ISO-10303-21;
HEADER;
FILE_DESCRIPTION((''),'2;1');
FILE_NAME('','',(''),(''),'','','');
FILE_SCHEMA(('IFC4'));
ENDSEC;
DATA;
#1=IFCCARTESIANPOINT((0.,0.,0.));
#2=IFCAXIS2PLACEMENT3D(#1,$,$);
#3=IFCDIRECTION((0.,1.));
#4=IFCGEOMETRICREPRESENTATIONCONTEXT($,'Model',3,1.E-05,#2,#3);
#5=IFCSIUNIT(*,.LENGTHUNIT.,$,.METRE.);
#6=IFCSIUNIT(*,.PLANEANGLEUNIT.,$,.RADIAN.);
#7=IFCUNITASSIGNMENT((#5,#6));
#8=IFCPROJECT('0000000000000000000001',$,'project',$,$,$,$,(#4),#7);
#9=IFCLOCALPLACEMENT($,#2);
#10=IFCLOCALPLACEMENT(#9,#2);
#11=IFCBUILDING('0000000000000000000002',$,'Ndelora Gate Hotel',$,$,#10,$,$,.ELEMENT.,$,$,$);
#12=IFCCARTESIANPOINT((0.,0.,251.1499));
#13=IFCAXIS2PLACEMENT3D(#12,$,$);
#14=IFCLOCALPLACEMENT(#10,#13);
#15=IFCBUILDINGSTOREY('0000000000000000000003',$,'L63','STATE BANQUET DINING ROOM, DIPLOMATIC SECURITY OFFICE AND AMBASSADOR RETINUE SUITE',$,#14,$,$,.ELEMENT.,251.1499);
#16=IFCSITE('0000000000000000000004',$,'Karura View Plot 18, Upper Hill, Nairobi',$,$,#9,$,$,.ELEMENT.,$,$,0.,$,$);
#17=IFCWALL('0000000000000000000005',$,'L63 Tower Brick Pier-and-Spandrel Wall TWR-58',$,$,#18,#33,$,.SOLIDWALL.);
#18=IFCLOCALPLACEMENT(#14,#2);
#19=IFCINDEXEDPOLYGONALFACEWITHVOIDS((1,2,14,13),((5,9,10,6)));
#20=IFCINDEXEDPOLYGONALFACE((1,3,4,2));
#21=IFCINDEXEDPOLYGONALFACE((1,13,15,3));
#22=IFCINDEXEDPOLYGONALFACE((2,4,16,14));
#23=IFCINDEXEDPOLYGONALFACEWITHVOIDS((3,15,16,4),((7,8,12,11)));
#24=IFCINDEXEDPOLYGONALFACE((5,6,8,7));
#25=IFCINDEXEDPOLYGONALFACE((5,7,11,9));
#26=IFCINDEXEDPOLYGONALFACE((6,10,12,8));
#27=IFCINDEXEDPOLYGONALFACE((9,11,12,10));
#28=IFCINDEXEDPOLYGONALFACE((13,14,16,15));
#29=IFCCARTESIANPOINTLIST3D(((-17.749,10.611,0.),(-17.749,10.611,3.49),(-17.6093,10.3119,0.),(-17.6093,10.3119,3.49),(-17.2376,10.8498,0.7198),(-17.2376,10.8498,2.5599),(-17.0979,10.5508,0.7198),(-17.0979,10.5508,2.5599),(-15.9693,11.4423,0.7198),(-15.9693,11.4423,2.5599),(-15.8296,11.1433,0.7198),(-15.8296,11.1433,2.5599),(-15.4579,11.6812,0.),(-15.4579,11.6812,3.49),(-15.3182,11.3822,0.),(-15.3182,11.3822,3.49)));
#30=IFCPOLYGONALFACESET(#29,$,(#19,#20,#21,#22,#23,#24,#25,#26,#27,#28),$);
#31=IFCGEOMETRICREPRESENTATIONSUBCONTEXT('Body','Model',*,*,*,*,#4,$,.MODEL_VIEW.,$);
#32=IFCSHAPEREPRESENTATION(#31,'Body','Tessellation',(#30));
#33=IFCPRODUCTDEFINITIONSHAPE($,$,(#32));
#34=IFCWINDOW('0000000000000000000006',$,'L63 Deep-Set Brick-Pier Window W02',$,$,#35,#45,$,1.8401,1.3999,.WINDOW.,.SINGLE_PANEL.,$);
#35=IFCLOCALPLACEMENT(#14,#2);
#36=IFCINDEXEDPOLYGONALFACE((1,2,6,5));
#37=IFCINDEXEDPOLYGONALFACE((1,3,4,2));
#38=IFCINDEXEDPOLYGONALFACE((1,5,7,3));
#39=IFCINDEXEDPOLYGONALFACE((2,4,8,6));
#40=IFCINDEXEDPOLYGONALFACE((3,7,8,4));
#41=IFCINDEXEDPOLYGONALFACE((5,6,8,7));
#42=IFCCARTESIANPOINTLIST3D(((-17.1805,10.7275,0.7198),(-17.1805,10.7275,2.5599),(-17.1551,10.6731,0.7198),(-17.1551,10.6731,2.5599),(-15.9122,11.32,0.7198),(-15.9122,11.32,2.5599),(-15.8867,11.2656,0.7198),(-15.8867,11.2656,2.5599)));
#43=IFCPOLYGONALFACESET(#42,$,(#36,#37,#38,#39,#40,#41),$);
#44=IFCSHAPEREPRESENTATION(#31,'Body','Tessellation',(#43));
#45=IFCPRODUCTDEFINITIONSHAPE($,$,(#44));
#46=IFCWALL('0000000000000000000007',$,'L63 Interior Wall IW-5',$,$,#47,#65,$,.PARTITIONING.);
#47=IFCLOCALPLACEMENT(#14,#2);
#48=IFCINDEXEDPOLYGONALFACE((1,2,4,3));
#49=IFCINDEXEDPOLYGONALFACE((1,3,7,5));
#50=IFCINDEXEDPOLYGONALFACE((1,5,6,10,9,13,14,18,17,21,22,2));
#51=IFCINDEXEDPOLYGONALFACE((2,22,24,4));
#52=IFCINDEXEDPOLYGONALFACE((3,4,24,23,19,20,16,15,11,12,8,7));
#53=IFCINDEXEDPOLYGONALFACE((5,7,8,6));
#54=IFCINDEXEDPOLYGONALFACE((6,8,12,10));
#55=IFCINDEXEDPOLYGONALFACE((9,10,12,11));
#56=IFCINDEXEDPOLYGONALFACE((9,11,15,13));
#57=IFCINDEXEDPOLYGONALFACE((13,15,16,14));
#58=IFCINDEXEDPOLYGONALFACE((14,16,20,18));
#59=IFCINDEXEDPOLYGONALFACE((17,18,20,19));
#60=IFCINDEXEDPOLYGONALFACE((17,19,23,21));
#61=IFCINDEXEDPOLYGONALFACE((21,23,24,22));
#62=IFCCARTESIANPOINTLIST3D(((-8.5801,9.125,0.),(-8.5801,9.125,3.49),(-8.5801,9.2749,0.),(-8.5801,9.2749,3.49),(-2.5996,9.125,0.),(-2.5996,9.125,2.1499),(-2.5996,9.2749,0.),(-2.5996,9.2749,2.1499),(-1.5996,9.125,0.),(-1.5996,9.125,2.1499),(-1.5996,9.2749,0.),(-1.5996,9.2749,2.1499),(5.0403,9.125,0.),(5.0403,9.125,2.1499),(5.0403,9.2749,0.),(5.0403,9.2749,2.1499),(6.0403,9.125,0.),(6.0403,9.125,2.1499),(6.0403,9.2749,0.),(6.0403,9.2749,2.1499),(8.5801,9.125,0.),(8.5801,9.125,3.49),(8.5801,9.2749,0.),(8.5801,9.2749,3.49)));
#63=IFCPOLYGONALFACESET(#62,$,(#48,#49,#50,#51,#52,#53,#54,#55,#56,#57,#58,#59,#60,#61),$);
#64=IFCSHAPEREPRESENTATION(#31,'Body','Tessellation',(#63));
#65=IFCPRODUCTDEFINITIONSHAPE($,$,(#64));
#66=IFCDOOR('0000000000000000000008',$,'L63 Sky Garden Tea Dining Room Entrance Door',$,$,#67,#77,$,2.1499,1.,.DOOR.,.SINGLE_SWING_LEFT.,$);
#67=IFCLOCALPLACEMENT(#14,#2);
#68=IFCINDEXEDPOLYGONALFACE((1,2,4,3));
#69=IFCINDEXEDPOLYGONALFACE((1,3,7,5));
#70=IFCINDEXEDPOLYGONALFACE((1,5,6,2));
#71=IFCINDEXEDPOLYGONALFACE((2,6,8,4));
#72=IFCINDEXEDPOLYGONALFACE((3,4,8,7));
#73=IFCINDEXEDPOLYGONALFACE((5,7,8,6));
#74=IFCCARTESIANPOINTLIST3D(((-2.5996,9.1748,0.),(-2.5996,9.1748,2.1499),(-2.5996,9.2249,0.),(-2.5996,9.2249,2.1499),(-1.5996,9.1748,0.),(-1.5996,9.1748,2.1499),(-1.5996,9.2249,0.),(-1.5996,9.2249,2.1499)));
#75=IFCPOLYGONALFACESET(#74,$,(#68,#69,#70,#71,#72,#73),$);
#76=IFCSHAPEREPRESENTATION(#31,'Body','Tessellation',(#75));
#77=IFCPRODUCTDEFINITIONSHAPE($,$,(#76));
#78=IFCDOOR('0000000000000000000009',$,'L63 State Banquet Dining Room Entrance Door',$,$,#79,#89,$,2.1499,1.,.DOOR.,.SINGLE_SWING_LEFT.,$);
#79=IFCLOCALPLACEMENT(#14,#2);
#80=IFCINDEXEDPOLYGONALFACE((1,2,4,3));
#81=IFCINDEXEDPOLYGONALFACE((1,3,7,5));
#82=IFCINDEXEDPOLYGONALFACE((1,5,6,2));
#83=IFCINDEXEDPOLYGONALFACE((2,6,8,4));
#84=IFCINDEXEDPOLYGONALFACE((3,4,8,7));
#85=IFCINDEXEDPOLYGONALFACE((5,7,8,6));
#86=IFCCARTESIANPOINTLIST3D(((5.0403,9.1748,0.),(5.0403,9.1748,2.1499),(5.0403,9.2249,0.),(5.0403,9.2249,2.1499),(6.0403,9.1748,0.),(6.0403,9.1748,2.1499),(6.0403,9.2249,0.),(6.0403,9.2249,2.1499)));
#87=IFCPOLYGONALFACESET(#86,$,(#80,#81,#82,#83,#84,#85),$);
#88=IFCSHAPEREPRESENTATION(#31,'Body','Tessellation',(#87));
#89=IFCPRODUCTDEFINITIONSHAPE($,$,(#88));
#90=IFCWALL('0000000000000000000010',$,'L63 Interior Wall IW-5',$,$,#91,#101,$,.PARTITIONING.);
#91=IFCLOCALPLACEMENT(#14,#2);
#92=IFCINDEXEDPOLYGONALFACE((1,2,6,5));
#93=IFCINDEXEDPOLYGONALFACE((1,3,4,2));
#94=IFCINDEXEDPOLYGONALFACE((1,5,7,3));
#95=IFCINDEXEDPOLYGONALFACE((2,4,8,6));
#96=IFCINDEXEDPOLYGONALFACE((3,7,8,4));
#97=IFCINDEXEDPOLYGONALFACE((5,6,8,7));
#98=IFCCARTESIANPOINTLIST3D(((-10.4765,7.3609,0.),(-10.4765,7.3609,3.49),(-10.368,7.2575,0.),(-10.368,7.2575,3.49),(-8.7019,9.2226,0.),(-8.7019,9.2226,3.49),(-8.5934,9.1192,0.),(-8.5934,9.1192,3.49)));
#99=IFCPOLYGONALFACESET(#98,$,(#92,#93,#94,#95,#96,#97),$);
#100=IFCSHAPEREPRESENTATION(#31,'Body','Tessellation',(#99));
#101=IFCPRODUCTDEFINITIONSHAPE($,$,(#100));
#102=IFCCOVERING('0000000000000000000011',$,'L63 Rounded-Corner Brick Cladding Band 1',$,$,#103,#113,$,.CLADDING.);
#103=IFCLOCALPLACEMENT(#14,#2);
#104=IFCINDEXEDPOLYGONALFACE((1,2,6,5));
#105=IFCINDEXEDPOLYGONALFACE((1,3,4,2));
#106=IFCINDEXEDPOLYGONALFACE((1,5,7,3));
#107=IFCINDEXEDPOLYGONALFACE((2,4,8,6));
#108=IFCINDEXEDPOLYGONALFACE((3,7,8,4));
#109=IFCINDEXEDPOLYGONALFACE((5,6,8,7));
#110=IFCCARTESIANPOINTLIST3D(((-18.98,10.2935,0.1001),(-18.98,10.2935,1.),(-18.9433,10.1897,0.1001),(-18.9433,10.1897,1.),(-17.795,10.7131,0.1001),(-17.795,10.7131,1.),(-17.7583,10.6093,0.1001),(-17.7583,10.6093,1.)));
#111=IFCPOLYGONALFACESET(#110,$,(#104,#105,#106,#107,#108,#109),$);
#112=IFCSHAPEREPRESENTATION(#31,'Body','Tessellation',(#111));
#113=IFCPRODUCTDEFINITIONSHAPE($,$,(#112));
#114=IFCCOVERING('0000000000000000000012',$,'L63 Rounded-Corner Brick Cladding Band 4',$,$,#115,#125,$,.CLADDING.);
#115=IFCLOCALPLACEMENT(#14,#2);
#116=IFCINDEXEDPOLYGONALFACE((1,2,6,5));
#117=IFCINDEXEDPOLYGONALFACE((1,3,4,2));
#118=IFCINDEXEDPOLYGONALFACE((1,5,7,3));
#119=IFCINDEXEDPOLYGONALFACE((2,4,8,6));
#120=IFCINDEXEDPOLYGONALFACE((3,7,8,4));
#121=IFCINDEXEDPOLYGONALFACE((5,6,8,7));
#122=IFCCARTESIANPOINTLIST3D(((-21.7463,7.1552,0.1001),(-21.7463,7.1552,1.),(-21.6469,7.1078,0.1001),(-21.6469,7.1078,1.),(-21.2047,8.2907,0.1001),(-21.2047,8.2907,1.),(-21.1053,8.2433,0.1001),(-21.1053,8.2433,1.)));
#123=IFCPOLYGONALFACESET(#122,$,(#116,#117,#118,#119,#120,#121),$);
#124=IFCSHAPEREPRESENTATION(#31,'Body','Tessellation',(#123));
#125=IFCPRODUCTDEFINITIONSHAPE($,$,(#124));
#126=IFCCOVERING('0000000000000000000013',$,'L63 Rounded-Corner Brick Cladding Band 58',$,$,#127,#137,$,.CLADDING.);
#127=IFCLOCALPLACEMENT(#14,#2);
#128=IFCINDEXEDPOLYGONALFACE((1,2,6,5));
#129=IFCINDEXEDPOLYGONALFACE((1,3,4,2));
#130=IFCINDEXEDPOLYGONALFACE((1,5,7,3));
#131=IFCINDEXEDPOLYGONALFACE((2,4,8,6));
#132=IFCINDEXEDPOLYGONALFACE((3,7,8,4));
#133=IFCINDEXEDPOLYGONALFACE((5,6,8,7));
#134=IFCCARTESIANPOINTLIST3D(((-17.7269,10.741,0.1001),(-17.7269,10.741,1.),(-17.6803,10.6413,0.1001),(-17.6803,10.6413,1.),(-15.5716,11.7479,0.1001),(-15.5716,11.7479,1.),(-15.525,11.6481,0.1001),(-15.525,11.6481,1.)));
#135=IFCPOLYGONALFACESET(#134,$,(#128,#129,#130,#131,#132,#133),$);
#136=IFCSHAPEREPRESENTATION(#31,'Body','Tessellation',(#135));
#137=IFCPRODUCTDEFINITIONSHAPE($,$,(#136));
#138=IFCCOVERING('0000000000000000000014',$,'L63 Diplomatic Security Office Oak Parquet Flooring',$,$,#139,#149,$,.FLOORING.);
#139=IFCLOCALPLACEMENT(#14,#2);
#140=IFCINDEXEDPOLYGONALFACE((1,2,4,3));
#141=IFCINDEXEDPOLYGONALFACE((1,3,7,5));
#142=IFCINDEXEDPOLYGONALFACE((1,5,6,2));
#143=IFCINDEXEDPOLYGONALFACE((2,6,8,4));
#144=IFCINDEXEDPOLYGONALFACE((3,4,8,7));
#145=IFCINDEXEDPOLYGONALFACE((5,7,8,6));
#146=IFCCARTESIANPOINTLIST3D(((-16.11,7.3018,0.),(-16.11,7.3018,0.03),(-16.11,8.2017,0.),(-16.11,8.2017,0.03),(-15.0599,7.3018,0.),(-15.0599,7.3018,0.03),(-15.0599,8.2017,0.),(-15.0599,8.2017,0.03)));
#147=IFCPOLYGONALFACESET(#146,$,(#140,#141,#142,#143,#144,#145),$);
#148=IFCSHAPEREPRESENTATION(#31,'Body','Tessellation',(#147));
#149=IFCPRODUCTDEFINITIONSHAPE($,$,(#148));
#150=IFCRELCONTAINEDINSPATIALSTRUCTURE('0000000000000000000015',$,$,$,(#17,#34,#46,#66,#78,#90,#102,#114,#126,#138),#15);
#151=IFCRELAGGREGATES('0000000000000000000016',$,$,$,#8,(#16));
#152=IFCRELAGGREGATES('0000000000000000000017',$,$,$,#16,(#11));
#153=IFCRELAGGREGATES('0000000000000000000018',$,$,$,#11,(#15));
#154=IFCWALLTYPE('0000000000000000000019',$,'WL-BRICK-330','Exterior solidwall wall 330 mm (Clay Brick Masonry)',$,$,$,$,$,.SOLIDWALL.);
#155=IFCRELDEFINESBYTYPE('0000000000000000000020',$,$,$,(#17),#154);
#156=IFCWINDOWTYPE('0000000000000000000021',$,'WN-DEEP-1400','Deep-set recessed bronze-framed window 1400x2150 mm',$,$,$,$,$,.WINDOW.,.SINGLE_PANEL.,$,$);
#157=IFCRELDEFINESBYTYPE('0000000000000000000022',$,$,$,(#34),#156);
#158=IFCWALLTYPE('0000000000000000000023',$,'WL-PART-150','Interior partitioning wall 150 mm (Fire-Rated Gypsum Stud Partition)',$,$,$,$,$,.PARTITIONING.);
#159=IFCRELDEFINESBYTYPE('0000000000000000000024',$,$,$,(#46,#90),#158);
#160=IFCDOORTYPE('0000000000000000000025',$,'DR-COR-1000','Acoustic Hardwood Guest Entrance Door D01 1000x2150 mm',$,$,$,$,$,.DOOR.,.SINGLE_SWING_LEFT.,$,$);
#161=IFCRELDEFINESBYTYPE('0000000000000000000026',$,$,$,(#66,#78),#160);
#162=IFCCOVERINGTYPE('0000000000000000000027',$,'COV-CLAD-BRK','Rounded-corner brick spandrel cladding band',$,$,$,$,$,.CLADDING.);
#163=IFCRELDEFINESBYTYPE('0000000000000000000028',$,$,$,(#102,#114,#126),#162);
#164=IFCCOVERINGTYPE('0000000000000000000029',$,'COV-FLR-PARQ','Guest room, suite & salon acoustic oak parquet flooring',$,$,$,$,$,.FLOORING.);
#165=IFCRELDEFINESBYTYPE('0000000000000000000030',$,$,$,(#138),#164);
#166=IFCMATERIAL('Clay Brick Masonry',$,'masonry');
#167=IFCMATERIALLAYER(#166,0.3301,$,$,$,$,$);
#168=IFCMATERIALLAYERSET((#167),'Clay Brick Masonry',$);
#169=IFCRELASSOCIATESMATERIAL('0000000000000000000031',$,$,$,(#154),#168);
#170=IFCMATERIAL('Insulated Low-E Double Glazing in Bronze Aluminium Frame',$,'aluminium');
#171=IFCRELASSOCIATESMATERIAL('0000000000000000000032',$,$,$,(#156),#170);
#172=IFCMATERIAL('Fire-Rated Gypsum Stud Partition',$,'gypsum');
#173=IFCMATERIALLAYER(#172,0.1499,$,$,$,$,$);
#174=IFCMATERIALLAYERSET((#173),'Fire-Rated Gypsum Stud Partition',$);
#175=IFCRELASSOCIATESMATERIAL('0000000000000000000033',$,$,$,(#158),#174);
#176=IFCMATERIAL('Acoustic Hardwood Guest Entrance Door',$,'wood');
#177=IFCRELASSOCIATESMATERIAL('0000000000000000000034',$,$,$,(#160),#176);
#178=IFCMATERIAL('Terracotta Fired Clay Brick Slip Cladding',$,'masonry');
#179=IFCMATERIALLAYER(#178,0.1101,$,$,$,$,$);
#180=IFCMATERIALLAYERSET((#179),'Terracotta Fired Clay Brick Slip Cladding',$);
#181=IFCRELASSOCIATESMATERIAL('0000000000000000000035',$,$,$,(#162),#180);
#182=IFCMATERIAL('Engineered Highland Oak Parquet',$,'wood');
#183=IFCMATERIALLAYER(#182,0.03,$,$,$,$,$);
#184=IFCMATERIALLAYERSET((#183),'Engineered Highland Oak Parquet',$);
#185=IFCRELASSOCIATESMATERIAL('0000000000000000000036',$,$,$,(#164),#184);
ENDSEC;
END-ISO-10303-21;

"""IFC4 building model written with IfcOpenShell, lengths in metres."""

from ifc_helpers import new_model, si_unit, direction, frame, frame_2d, origin, origin_2d, place, context, subcontext, project, spatial, rectangle, extrude, material, layer, layer_set, type_object, element, fill, save


model = new_model("IFC4")

# Units and contexts
model_context = context("Model", 3, precision=1e-05, world=origin(), true_north=direction((0.0, 1.0)))
body_context = subcontext(model_context, "Body", "Model", "MODEL_VIEW")
ifc_project = project(units=[si_unit("LENGTHUNIT", "METRE"), si_unit("PLANEANGLEUNIT", "RADIAN")], contexts=[model_context])

# Site, building, storey
site_placement = place(None, origin())
site = spatial("IfcSite", under=ifc_project, at=site_placement, Name="Karura View Plot 18, Upper Hill, Nairobi", CompositionType="ELEMENT", RefElevation=0.0)
building_placement = place(site_placement, origin())
building = spatial("IfcBuilding", under=site, at=building_placement, Name="Ndelora Gate Hotel", CompositionType="ELEMENT")
storey_placement = place(building_placement, frame((0.0, 0.0, 251.1499)))
storey = spatial("IfcBuildingStorey", under=building, at=storey_placement, Name="L63", Description="STATE BANQUET DINING ROOM, DIPLOMATIC SECURITY OFFICE AND AMBASSADOR RETINUE SUITE", CompositionType="ELEMENT", Elevation=251.1499)

# Shared definitions
ifc_material_1 = material(Name="Clay Brick Masonry", Category="masonry")
ifc_layer_1 = layer(ifc_material_1, 0.3301)
ifc_layer_set_1 = layer_set([ifc_layer_1], Name="Clay Brick Masonry")
wall_type_1 = type_object("IfcWallType", Name="WL-BRICK-330", Description="Exterior solidwall wall 330 mm (Clay Brick Masonry)", PredefinedType="SOLIDWALL", material=ifc_layer_set_1)

# Wall, opening, window
ifc_material_2 = material(Name="Insulated Low-E Double Glazing in Bronze Aluminium Frame", Category="aluminium")
window_type = type_object("IfcWindowType", Name="WN-DEEP-1400", Description="Deep-set recessed bronze-framed window 1400x2150 mm", PartitioningType="SINGLE_PANEL", PredefinedType="WINDOW", material=ifc_material_2)
wall_1_placement = place(storey_placement, frame((-17.6792, 10.4614, 0.0), z_axis=(0.0, 0.0, 1.0), x_axis=(0.906023, 0.423229, 0.0)))
wall_1 = element("IfcWall", 1, at=wall_1_placement, inside=storey, type_object=wall_type_1, Name="L63 Tower Brick Pier-and-Spandrel Wall TWR-58", PredefinedType="SOLIDWALL", context=body_context, shape_type="SweptSolid", body=[
    extrude(rectangle(XDim=2.5288, YDim=0.3301, at=frame_2d((1.2644, 0.0))), origin(), (0.0, 0.0, 1.0), 3.49),
])
opening_1_placement = place(wall_1_placement, frame((0.5645, 0.0, 0.72)))
opening_1 = element("IfcOpeningElement", 2, at=opening_1_placement, cuts=wall_1, PredefinedType="OPENING", context=body_context, shape_type="SweptSolid", body=[
    extrude(rectangle(XDim=1.3999, YDim=1.8401, at=frame_2d((0.7, 0.9199))), frame((0.0, 0.175, 0.0), z_axis=(0.0, -1.0, 0.0), x_axis=(1.0, 0.0, 0.0)), (0.0, 0.0, 1.0), 0.3501),
])
window_1_placement = place(opening_1_placement, origin())
window_1 = element("IfcWindow", 3, at=window_1_placement, inside=storey, type_object=window_type, Name="L63 Deep-Set Brick-Pier Window W02", OverallHeight=1.8401, OverallWidth=1.3999, PartitioningType="SINGLE_PANEL", PredefinedType="WINDOW", context=body_context, shape_type="SweptSolid", body=[
    extrude(rectangle(XDim=1.3999, YDim=1.8401, at=frame_2d((0.7, 0.9199))), frame((0.0, 0.03, 0.0), z_axis=(0.0, -1.0, 0.0), x_axis=(1.0, 0.0, 0.0)), (0.0, 0.0, 1.0), 0.0601),
])
fill(opening_1, window_1)

# Wall, openings, doors
ifc_material_3 = material(Name="Fire-Rated Gypsum Stud Partition", Category="gypsum")
ifc_layer_2 = layer(ifc_material_3, 0.1499)
ifc_layer_set_2 = layer_set([ifc_layer_2], Name="Fire-Rated Gypsum Stud Partition")
wall_type_2 = type_object("IfcWallType", Name="WL-PART-150", Description="Interior partitioning wall 150 mm (Fire-Rated Gypsum Stud Partition)", PredefinedType="PARTITIONING", material=ifc_layer_set_2)
wall_2_placement = place(storey_placement, frame((-8.5801, 9.2, 0.0), z_axis=(0.0, 0.0, 1.0), x_axis=(1.0, 0.0, 0.0)))
wall_2 = element("IfcWall", 4, at=wall_2_placement, inside=storey, type_object=wall_type_2, Name="L63 Interior Wall IW-5", PredefinedType="PARTITIONING", context=body_context, shape_type="SweptSolid", body=[
    extrude(rectangle(XDim=17.1602, YDim=0.1499, at=frame_2d((8.5801, 0.0))), origin(), (0.0, 0.0, 1.0), 3.49),
])
opening_2_placement = place(wall_2_placement, frame((5.9805, 0.0, 0.0)))
opening_2 = element("IfcOpeningElement", 5, at=opening_2_placement, cuts=wall_2, PredefinedType="OPENING", context=body_context, shape_type="SweptSolid", body=[
    extrude(rectangle(XDim=1.0, YDim=2.1499, at=frame_2d((0.5, 1.075))), frame((0.0, 0.085, 0.0), z_axis=(0.0, -1.0, 0.0), x_axis=(1.0, 0.0, 0.0)), (0.0, 0.0, 1.0), 0.1699),
])
opening_3_placement = place(wall_2_placement, frame((13.6204, 0.0, 0.0)))
opening_3 = element("IfcOpeningElement", 6, at=opening_3_placement, cuts=wall_2, PredefinedType="OPENING", context=body_context, shape_type="SweptSolid", body=[
    extrude(rectangle(XDim=1.0, YDim=2.1499, at=frame_2d((0.5, 1.075))), frame((0.0, 0.085, 0.0), z_axis=(0.0, -1.0, 0.0), x_axis=(1.0, 0.0, 0.0)), (0.0, 0.0, 1.0), 0.1699),
])
ifc_material_4 = material(Name="Acoustic Hardwood Guest Entrance Door", Category="wood")
door_type = type_object("IfcDoorType", Name="DR-COR-1000", Description="Acoustic Hardwood Guest Entrance Door D01 1000x2150 mm", OperationType="SINGLE_SWING_LEFT", PredefinedType="DOOR", material=ifc_material_4)
door_1_placement = place(opening_2_placement, origin())
door_1 = element("IfcDoor", 7, at=door_1_placement, inside=storey, type_object=door_type, Name="L63 Sky Garden Tea Dining Room Entrance Door", OperationType="SINGLE_SWING_LEFT", OverallHeight=2.1499, OverallWidth=1.0, PredefinedType="DOOR", context=body_context, shape_type="SweptSolid", body=[
    extrude(rectangle(XDim=1.0, YDim=2.1499, at=frame_2d((0.5, 1.075))), frame((0.0, 0.0249, 0.0), z_axis=(0.0, -1.0, 0.0), x_axis=(1.0, 0.0, 0.0)), (0.0, 0.0, 1.0), 0.05),
])
fill(opening_2, door_1)
door_2_placement = place(opening_3_placement, origin())
door_2 = element("IfcDoor", 8, at=door_2_placement, inside=storey, type_object=door_type, Name="L63 State Banquet Dining Room Entrance Door", OperationType="SINGLE_SWING_LEFT", OverallHeight=2.1499, OverallWidth=1.0, PredefinedType="DOOR", context=body_context, shape_type="SweptSolid", body=[
    extrude(rectangle(XDim=1.0, YDim=2.1499, at=frame_2d((0.5, 1.075))), frame((0.0, 0.0249, 0.0), z_axis=(0.0, -1.0, 0.0), x_axis=(1.0, 0.0, 0.0)), (0.0, 0.0, 1.0), 0.05),
])
fill(opening_3, door_2)

# Wall
wall_3_placement = place(storey_placement, frame((-10.4224, 7.3091, 0.0), z_axis=(0.0, 0.0, 1.0), x_axis=(0.689961, 0.723847, 0.0)))
element("IfcWall", 9, at=wall_3_placement, inside=storey, type_object=wall_type_2, Name="L63 Interior Wall IW-5", PredefinedType="PARTITIONING", context=body_context, shape_type="SweptSolid", body=[
    extrude(rectangle(XDim=2.572, YDim=0.1499, at=frame_2d((1.2861, 0.0))), origin(), (0.0, 0.0, 1.0), 3.49),
])

# Coverings
ifc_material_5 = material(Name="Terracotta Fired Clay Brick Slip Cladding", Category="masonry")
ifc_layer_3 = layer(ifc_material_5, 0.1101)
ifc_layer_set_3 = layer_set([ifc_layer_3], Name="Terracotta Fired Clay Brick Slip Cladding")
covering_type_1 = type_object("IfcCoveringType", Name="COV-CLAD-BRK", Description="Rounded-corner brick spandrel cladding band", PredefinedType="CLADDING", material=ifc_layer_set_3)
covering_1_placement = place(storey_placement, frame((-18.3691, 10.4514, 0.1001), z_axis=(0.0, 0.0, 1.0), x_axis=(0.942641, 0.333807, 0.0)))
element("IfcCovering", 10, at=covering_1_placement, inside=storey, type_object=covering_type_1, Name="L63 Rounded-Corner Brick Cladding Band 1", PredefinedType="CLADDING", context=body_context, shape_type="SweptSolid", body=[
    extrude(rectangle(XDim=1.2571, YDim=0.1101, at=origin_2d()), origin(), (0.0, 0.0, 1.0), 0.8999),
])
covering_2_placement = place(storey_placement, frame((-21.4258, 7.6992, 0.1001), z_axis=(0.0, 0.0, 1.0), x_axis=(0.430511, 0.902585, 0.0)))
element("IfcCovering", 11, at=covering_2_placement, inside=storey, type_object=covering_type_1, Name="L63 Rounded-Corner Brick Cladding Band 4", PredefinedType="CLADDING", context=body_context, shape_type="SweptSolid", body=[
    extrude(rectangle(XDim=1.2581, YDim=0.1101, at=origin_2d()), origin(), (0.0, 0.0, 1.0), 0.8999),
])
covering_3_placement = place(storey_placement, frame((-16.626, 11.1946, 0.1001), z_axis=(0.0, 0.0, 1.0), x_axis=(0.906013, 0.423251, 0.0)))
element("IfcCovering", 12, at=covering_3_placement, inside=storey, type_object=covering_type_1, Name="L63 Rounded-Corner Brick Cladding Band 58", PredefinedType="CLADDING", context=body_context, shape_type="SweptSolid", body=[
    extrude(rectangle(XDim=2.3789, YDim=0.1101, at=origin_2d()), origin(), (0.0, 0.0, 1.0), 0.8999),
])
ifc_material_6 = material(Name="Engineered Highland Oak Parquet", Category="wood")
ifc_layer_4 = layer(ifc_material_6, 0.03)
ifc_layer_set_4 = layer_set([ifc_layer_4], Name="Engineered Highland Oak Parquet")
covering_type_2 = type_object("IfcCoveringType", Name="COV-FLR-PARQ", Description="Guest room, suite & salon acoustic oak parquet flooring", PredefinedType="FLOORING", material=ifc_layer_set_4)
covering_4_placement = place(storey_placement, frame((-15.585, 7.7517, 0.0), z_axis=(0.0, 0.0, 1.0), x_axis=(1.0, 0.0, 0.0)))
element("IfcCovering", 13, at=covering_4_placement, inside=storey, type_object=covering_type_2, Name="L63 Diplomatic Security Office Oak Parquet Flooring", PredefinedType="FLOORING", context=body_context, shape_type="SweptSolid", body=[
    extrude(rectangle(XDim=1.05, YDim=0.8999, at=origin_2d()), origin(), (0.0, 0.0, 1.0), 0.03),
])

save(model, "model.ifc")
